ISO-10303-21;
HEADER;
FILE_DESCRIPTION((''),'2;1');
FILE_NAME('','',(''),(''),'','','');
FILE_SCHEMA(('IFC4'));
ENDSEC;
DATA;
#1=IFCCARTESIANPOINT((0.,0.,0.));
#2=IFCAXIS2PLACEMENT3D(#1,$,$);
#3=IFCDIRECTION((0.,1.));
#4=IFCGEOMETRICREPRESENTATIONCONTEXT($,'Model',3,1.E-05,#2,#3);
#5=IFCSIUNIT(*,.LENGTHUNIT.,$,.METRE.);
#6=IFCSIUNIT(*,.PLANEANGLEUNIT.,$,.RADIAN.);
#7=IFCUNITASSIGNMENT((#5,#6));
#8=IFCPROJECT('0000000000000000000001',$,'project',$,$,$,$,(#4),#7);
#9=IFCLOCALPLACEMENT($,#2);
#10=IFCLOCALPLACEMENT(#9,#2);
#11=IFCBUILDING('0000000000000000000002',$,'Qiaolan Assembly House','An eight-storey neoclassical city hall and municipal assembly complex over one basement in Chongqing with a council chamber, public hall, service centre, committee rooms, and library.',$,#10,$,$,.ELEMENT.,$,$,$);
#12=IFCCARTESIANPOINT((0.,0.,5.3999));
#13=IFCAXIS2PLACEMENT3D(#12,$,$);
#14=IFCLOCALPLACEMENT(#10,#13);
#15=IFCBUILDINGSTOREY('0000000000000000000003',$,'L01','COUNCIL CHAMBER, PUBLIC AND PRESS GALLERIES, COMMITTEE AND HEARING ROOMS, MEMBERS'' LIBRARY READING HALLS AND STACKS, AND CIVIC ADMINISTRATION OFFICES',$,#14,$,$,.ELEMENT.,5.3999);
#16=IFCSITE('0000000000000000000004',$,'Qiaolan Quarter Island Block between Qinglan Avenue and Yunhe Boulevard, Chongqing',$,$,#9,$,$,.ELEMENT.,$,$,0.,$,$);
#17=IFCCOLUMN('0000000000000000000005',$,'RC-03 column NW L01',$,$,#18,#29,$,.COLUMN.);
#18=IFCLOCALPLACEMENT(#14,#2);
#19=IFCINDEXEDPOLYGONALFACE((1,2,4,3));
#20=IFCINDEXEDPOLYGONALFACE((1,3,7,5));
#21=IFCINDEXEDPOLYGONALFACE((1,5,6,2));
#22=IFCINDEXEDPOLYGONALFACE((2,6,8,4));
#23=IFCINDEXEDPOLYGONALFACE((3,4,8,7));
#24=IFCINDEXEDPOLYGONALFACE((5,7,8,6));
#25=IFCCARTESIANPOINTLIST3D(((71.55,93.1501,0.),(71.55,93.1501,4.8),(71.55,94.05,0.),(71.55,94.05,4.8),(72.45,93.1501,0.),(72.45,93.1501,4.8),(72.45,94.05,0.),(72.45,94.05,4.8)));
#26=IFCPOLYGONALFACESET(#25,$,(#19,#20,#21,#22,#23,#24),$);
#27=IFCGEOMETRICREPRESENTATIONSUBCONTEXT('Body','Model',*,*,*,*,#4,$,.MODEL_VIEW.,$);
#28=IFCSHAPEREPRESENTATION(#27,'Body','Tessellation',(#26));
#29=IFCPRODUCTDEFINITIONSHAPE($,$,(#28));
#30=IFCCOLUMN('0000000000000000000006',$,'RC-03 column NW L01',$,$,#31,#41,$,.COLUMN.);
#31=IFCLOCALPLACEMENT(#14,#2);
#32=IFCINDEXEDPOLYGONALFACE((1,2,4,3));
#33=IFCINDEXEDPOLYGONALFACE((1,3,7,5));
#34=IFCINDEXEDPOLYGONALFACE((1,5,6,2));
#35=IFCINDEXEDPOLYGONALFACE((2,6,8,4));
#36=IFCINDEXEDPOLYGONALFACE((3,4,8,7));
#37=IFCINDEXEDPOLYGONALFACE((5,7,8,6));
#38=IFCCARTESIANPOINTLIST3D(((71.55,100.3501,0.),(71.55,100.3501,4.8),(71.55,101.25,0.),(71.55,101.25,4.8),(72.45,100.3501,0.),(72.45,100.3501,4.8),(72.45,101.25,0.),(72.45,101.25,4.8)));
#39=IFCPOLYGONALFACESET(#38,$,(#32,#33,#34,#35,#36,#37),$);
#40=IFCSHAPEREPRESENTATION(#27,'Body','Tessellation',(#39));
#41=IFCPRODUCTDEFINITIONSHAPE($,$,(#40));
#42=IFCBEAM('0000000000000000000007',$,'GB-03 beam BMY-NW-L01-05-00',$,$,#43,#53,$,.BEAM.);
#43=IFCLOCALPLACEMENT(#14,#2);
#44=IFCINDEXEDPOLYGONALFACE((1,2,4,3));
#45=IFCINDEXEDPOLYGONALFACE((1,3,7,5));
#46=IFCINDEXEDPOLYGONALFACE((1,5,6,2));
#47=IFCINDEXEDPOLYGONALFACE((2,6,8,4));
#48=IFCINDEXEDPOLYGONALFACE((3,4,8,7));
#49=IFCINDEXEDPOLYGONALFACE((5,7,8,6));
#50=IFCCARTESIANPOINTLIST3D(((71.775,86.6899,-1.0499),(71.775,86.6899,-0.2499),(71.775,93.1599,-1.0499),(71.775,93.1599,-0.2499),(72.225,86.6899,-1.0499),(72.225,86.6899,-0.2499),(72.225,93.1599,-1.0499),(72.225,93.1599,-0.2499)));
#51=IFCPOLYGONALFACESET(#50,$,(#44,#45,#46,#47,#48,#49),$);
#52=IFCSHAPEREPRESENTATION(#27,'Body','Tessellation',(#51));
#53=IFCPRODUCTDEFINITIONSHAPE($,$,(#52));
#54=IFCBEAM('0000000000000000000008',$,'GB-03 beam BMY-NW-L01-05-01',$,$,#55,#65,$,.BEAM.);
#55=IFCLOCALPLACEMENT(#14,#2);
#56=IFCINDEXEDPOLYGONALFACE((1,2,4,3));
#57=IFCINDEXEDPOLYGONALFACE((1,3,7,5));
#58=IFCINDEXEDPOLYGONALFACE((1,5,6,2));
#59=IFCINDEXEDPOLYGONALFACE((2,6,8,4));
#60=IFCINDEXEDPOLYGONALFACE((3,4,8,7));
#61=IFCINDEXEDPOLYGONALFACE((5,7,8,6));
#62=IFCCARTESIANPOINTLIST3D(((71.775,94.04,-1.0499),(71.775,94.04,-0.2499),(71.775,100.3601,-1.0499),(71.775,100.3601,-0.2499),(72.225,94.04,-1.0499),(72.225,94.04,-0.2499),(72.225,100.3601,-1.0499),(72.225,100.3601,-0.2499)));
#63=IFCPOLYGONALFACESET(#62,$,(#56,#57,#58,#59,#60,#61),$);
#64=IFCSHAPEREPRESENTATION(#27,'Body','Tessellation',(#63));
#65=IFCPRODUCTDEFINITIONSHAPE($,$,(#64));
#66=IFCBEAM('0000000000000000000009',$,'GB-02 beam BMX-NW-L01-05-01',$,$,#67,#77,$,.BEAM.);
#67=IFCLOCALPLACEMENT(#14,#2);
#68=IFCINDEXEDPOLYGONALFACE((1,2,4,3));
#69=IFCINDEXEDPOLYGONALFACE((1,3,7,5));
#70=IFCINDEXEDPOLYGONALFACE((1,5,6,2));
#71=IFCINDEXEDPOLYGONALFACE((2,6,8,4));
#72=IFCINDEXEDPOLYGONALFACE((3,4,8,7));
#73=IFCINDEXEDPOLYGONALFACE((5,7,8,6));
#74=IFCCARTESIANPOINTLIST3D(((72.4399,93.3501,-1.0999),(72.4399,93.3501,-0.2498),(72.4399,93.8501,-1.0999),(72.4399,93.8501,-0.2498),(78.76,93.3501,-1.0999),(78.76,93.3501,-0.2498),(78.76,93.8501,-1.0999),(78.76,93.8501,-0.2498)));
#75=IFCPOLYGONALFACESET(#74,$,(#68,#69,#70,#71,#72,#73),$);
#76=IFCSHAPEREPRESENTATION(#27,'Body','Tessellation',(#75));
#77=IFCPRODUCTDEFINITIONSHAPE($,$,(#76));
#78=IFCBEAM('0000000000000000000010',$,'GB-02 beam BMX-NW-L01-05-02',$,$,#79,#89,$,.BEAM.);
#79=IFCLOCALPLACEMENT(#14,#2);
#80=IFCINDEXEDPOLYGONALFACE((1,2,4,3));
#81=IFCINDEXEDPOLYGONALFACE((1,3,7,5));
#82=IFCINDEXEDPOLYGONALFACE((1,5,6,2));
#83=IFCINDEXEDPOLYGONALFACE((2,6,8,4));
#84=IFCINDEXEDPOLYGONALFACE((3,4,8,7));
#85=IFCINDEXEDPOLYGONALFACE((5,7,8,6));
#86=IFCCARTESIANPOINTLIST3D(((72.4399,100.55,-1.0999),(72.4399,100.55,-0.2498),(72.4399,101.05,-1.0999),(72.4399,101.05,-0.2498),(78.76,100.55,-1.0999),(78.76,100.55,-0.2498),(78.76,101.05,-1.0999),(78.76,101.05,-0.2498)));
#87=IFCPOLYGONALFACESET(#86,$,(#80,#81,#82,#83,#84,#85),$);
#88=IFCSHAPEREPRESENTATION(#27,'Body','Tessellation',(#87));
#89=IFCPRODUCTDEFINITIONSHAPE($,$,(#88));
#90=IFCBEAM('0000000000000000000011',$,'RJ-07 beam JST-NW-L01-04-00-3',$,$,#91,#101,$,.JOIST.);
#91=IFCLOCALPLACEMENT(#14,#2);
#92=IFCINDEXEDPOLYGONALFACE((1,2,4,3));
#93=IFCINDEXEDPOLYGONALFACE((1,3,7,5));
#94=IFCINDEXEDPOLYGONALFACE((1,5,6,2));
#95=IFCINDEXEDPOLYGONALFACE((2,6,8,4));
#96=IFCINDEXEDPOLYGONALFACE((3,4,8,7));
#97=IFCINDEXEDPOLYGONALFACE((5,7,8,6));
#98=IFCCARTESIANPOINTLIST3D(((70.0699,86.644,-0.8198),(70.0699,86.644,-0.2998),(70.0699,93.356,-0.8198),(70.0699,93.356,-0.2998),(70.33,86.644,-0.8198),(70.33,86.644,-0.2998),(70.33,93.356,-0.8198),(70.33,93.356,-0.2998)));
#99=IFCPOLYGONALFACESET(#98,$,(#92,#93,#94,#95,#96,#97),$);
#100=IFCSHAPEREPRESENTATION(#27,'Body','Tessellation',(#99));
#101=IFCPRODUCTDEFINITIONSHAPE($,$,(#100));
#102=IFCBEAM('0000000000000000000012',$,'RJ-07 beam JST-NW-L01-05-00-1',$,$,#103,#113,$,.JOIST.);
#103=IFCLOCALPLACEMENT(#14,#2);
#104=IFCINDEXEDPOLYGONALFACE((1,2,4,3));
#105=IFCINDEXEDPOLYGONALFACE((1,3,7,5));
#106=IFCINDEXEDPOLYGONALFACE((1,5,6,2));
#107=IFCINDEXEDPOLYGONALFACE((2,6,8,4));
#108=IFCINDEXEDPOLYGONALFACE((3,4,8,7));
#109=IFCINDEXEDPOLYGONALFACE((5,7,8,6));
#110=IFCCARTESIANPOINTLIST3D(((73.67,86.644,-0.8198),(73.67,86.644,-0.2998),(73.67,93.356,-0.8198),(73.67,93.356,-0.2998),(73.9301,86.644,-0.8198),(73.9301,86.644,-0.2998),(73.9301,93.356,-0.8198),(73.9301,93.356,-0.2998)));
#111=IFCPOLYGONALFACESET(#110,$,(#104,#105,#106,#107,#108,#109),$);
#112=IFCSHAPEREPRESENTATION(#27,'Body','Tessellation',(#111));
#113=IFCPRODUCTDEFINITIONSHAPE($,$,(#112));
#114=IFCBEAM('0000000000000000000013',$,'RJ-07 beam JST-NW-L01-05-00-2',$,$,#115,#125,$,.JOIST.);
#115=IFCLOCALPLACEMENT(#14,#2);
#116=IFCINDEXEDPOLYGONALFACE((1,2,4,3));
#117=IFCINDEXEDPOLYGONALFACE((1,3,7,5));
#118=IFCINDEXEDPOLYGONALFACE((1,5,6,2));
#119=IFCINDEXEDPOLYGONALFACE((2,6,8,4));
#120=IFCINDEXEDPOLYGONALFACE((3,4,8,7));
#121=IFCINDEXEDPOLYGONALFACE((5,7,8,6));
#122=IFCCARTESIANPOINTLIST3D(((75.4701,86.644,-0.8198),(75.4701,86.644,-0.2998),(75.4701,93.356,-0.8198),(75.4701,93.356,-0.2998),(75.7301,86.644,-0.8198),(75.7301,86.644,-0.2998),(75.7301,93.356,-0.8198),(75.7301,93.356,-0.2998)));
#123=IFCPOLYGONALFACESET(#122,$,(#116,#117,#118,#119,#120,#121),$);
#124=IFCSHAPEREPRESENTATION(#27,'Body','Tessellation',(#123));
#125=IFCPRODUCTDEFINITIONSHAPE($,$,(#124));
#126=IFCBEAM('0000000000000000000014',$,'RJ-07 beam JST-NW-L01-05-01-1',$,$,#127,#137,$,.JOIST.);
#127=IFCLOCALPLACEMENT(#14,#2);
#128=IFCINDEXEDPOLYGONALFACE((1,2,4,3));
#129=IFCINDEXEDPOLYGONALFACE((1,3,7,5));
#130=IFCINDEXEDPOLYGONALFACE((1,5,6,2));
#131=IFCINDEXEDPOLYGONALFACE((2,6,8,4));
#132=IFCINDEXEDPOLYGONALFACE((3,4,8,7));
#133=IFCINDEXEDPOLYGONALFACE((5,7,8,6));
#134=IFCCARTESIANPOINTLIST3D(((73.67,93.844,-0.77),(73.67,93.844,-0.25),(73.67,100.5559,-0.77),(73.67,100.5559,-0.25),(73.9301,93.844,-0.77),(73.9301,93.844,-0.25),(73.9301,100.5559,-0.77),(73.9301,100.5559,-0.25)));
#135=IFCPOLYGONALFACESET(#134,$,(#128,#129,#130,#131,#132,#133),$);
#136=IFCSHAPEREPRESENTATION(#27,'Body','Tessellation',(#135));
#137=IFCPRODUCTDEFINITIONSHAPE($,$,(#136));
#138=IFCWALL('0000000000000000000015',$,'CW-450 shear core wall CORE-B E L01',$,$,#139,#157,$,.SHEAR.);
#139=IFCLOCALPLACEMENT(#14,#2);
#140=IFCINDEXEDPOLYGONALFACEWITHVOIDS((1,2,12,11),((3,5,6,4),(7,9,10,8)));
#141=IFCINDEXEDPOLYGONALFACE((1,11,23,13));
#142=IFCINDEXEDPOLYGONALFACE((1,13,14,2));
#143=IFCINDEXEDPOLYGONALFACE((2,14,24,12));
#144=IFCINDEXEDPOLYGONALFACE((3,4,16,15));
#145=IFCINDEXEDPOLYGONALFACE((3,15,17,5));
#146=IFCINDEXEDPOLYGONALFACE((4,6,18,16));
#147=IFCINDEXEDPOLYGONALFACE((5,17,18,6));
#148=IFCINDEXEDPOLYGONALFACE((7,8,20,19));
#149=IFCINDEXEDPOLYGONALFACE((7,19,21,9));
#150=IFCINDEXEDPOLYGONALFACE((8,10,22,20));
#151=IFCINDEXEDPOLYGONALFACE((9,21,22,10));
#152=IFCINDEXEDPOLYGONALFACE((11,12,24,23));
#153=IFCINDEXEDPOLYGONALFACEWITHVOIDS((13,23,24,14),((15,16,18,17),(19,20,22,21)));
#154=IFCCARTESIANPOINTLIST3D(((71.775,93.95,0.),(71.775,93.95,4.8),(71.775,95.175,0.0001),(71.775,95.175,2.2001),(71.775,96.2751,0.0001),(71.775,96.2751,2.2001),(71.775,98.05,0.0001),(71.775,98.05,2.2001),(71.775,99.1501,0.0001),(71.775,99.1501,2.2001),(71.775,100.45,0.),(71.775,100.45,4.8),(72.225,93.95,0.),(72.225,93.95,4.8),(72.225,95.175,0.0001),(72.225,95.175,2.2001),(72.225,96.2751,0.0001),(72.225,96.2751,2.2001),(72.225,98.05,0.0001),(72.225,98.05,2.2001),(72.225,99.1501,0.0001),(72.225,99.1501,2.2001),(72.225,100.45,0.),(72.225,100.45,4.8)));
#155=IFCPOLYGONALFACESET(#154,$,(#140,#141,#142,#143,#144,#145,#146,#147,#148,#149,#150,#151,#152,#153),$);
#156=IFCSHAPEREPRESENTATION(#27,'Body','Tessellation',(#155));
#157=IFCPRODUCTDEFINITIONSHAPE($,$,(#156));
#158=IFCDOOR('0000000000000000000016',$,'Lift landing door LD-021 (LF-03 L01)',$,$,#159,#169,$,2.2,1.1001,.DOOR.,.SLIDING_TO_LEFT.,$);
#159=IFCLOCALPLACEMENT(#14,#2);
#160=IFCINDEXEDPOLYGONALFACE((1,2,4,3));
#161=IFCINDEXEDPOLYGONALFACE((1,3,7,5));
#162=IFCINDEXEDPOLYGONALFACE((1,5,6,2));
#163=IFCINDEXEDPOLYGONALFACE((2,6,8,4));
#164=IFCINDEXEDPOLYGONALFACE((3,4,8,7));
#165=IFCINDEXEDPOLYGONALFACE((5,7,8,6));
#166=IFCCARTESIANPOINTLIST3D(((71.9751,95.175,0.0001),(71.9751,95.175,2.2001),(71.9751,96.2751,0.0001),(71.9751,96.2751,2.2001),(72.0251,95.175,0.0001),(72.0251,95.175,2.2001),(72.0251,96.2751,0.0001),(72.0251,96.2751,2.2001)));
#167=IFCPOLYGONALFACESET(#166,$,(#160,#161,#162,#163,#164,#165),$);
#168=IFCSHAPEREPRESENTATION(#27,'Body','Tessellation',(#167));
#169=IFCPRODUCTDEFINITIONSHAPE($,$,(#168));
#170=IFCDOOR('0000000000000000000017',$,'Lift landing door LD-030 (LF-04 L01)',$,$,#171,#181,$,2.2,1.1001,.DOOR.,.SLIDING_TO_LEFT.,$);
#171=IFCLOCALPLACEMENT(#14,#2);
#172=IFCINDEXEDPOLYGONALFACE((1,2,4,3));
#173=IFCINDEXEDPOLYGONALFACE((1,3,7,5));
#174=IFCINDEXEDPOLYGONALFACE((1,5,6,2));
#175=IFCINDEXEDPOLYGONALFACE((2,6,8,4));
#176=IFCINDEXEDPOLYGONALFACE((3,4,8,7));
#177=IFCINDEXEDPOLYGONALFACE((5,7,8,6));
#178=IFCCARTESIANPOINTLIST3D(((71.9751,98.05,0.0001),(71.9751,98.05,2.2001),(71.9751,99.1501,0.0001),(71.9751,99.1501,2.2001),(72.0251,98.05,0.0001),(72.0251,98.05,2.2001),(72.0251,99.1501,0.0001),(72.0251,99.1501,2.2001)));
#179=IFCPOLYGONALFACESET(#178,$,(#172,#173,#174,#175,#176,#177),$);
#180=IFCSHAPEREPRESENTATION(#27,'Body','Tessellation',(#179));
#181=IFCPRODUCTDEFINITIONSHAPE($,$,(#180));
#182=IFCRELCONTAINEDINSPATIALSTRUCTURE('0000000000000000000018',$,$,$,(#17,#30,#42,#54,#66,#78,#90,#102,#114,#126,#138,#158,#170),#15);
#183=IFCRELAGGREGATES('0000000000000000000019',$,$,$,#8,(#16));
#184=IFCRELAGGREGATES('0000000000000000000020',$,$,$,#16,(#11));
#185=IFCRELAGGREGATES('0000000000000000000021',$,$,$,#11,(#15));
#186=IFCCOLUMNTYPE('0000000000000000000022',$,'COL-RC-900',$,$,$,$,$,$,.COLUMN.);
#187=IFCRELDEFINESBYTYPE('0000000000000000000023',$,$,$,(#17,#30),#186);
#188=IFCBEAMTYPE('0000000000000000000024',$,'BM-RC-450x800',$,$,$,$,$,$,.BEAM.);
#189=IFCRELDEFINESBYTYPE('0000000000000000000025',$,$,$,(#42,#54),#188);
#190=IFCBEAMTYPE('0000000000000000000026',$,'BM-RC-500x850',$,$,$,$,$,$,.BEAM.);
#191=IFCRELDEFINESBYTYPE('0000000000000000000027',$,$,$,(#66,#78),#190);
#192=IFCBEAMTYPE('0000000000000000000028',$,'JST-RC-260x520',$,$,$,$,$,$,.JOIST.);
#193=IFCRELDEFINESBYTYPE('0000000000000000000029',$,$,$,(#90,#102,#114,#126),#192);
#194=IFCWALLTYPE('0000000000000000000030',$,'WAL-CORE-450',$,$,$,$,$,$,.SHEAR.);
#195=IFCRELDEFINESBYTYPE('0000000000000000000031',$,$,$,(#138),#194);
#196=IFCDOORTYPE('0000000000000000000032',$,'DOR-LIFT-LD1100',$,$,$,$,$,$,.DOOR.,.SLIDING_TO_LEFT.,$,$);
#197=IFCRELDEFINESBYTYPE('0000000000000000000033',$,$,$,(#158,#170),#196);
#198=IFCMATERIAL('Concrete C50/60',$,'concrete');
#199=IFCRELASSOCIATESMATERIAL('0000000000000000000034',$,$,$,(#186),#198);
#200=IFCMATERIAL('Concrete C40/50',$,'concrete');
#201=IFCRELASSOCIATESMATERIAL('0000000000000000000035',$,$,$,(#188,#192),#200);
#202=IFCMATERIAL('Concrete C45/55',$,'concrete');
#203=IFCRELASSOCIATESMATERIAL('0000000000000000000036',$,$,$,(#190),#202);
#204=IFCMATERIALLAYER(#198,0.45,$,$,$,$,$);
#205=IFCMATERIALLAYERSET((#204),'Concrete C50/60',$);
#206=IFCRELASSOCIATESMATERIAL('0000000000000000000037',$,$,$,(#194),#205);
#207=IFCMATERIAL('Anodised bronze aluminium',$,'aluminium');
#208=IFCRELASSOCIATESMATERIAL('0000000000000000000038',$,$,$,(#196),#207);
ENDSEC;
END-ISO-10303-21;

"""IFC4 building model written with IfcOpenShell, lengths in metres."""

from ifc_helpers import new_model, si_unit, direction, frame, frame_2d, origin, origin_2d, place, context, subcontext, project, spatial, rectangle, extrude, material, layer, layer_set, material_profile, profile_set, type_object, element, fill, save


model = new_model("IFC4")

# Units and contexts
model_context = context("Model", 3, precision=1e-05, world=origin(), true_north=direction((0.0, 1.0)))
body_context = subcontext(model_context, "Body", "Model", "MODEL_VIEW")
ifc_project = project(units=[si_unit("LENGTHUNIT", "METRE"), si_unit("PLANEANGLEUNIT", "RADIAN")], contexts=[model_context])

# Site, building, storey
site_placement = place(None, origin())
site = spatial("IfcSite", under=ifc_project, at=site_placement, Name="Qiaolan Quarter Island Block between Qinglan Avenue and Yunhe Boulevard, Chongqing", CompositionType="ELEMENT", RefElevation=0.0)
building_placement = place(site_placement, origin())
building = spatial("IfcBuilding", under=site, at=building_placement, Name="Qiaolan Assembly House", Description="An eight-storey neoclassical city hall and municipal assembly complex over one basement in Chongqing with a council chamber, public hall, service centre, committee rooms, and library.", CompositionType="ELEMENT")
storey_placement = place(building_placement, frame((0.0, 0.0, 5.3999)))
storey = spatial("IfcBuildingStorey", under=building, at=storey_placement, Name="L01", Description="COUNCIL CHAMBER, PUBLIC AND PRESS GALLERIES, COMMITTEE AND HEARING ROOMS, MEMBERS' LIBRARY READING HALLS AND STACKS, AND CIVIC ADMINISTRATION OFFICES", CompositionType="ELEMENT", Elevation=5.3999)

# Columns
ifc_material_1 = material(Name="Concrete C50/60", Category="concrete")
ifc_material_profile_1 = material_profile(ifc_material_1, rectangle(XDim=0.8999, YDim=0.8999, at=origin_2d()), Name="RC 900x900")
ifc_profile_set_1 = profile_set([ifc_material_profile_1], Name="Concrete C50/60")
column_type = type_object("IfcColumnType", Name="COL-RC-900", PredefinedType="COLUMN", material=ifc_profile_set_1)
for number, where, z_axis, x_axis, name in (
    (1, (72.0, 93.6001, 0.0), (0.0, 0.0, 1.0), (1.0, 0.0, 0.0), "RC-03 column NW L01"),
    (2, (72.0, 100.8, 0.0), (0.0, 0.0, 1.0), (1.0, 0.0, 0.0), "RC-03 column NW L01"),
):
    element("IfcColumn", number, at=place(storey_placement, frame(where, z_axis=z_axis, x_axis=x_axis)), inside=storey, type_object=column_type, Name=name, PredefinedType="COLUMN", context=body_context, shape_type="SweptSolid", body=[
        extrude(rectangle(XDim=0.8999, YDim=0.8999, at=origin_2d()), origin(), (0.0, 0.0, 1.0), 4.8),
    ])

# Beams
ifc_material_2 = material(Name="Concrete C40/50", Category="concrete")
ifc_material_profile_2 = material_profile(ifc_material_2, rectangle(XDim=0.45, YDim=0.8, at=origin_2d()), Name="RCB 450x800")
ifc_profile_set_2 = profile_set([ifc_material_profile_2], Name="Concrete C40/50")
beam_type_1 = type_object("IfcBeamType", Name="BM-RC-450x800", PredefinedType="BEAM", material=ifc_profile_set_2)
beam_1_placement = place(storey_placement, frame((72.0, 86.6899, -0.6499), z_axis=(0.0, 1.0, 0.0), x_axis=(-1.0, 0.0, 0.0)))
element("IfcBeam", 3, at=beam_1_placement, inside=storey, type_object=beam_type_1, Name="GB-03 beam BMY-NW-L01-05-00", PredefinedType="BEAM", context=body_context, shape_type="SweptSolid", body=[
    extrude(rectangle(XDim=0.45, YDim=0.8, at=origin_2d()), origin(), (0.0, 0.0, 1.0), 6.47),
])
beam_2_placement = place(storey_placement, frame((72.0, 94.04, -0.6499), z_axis=(0.0, 1.0, 0.0), x_axis=(-1.0, 0.0, 0.0)))
element("IfcBeam", 4, at=beam_2_placement, inside=storey, type_object=beam_type_1, Name="GB-03 beam BMY-NW-L01-05-01", PredefinedType="BEAM", context=body_context, shape_type="SweptSolid", body=[
    extrude(rectangle(XDim=0.45, YDim=0.8, at=origin_2d()), origin(), (0.0, 0.0, 1.0), 6.3201),
])
ifc_material_3 = material(Name="Concrete C45/55", Category="concrete")
ifc_material_profile_3 = material_profile(ifc_material_3, rectangle(XDim=0.5, YDim=0.8501, at=origin_2d()), Name="RCB 500x850")
ifc_profile_set_3 = profile_set([ifc_material_profile_3], Name="Concrete C45/55")
beam_type_2 = type_object("IfcBeamType", Name="BM-RC-500x850", PredefinedType="BEAM", material=ifc_profile_set_3)
for number, where, z_axis, x_axis, name in (
    (5, (72.4399, 93.6001, -0.6748), (1.0, 0.0, 0.0), (0.0, 1.0, 0.0), "GB-02 beam BMX-NW-L01-05-01"),
    (6, (72.4399, 100.8, -0.6748), (1.0, 0.0, 0.0), (0.0, 1.0, 0.0), "GB-02 beam BMX-NW-L01-05-02"),
):
    element("IfcBeam", number, at=place(storey_placement, frame(where, z_axis=z_axis, x_axis=x_axis)), inside=storey, type_object=beam_type_2, Name=name, PredefinedType="BEAM", context=body_context, shape_type="SweptSolid", body=[
        extrude(rectangle(XDim=0.5, YDim=0.8501, at=origin_2d()), origin(), (0.0, 0.0, 1.0), 6.3201),
    ])
ifc_material_profile_4 = material_profile(ifc_material_2, rectangle(XDim=0.26, YDim=0.52, at=origin_2d()), Name="RCB 260x520")
ifc_profile_set_4 = profile_set([ifc_material_profile_4], Name="Concrete C40/50")
beam_type_3 = type_object("IfcBeamType", Name="JST-RC-260x520", PredefinedType="JOIST", material=ifc_profile_set_4)
for number, where, z_axis, x_axis, name in (
    (7, (70.2, 86.644, -0.5598), (0.0, 1.0, 0.0), (-1.0, 0.0, 0.0), "RJ-07 beam JST-NW-L01-04-00-3"),
    (8, (73.8, 86.644, -0.5598), (0.0, 1.0, 0.0), (-1.0, 0.0, 0.0), "RJ-07 beam JST-NW-L01-05-00-1"),
    (9, (75.6001, 86.644, -0.5598), (0.0, 1.0, 0.0), (-1.0, 0.0, 0.0), "RJ-07 beam JST-NW-L01-05-00-2"),
    (10, (73.8, 93.844, -0.51), (0.0, 1.0, 0.0), (-1.0, 0.0, 0.0), "RJ-07 beam JST-NW-L01-05-01-1"),
):
    element("IfcBeam", number, at=place(storey_placement, frame(where, z_axis=z_axis, x_axis=x_axis)), inside=storey, type_object=beam_type_3, Name=name, PredefinedType="JOIST", context=body_context, shape_type="SweptSolid", body=[
        extrude(rectangle(XDim=0.26, YDim=0.52, at=origin_2d()), origin(), (0.0, 0.0, 1.0), 6.7119),
    ])

# Wall, openings, doors
ifc_layer_1 = layer(ifc_material_1, 0.45)
ifc_layer_set_1 = layer_set([ifc_layer_1], Name="Concrete C50/60")
wall_type_1 = type_object("IfcWallType", Name="WAL-CORE-450", PredefinedType="SHEAR", material=ifc_layer_set_1)
wall_1_placement = place(storey_placement, frame((72.0, 93.95, 0.0), z_axis=(0.0, 0.0, 1.0), x_axis=(0.0, 1.0, 0.0)))
wall_1 = element("IfcWall", 11, at=wall_1_placement, inside=storey, type_object=wall_type_1, Name="CW-450 shear core wall CORE-B E L01", PredefinedType="SHEAR", context=body_context, shape_type="SweptSolid", body=[
    extrude(rectangle(XDim=6.5, YDim=0.45, at=frame_2d((3.25, 0.0))), origin(), (0.0, 0.0, 1.0), 4.8),
])
opening_1_placement = place(wall_1_placement, frame((1.2251, 0.0, 0.0)))
opening_1 = element("IfcOpeningElement", 12, at=opening_1_placement, cuts=wall_1, PredefinedType="OPENING", context=body_context, shape_type="SweptSolid", body=[
    extrude(rectangle(XDim=1.1001, YDim=2.2, at=frame_2d((0.55, 1.1001))), frame((0.0, 0.2349, 0.0), z_axis=(0.0, -1.0, 0.0), x_axis=(1.0, 0.0, 0.0)), (0.0, 0.0, 1.0), 0.47),
])
opening_2_placement = place(wall_1_placement, frame((4.1001, 0.0, 0.0)))
opening_2 = element("IfcOpeningElement", 13, at=opening_2_placement, cuts=wall_1, PredefinedType="OPENING", context=body_context, shape_type="SweptSolid", body=[
    extrude(rectangle(XDim=1.1001, YDim=2.2, at=frame_2d((0.55, 1.1001))), frame((0.0, 0.2349, 0.0), z_axis=(0.0, -1.0, 0.0), x_axis=(1.0, 0.0, 0.0)), (0.0, 0.0, 1.0), 0.47),
])
ifc_material_4 = material(Name="Anodised bronze aluminium", Category="aluminium")
door_type_1 = type_object("IfcDoorType", Name="DOR-LIFT-LD1100", OperationType="SLIDING_TO_LEFT", PredefinedType="DOOR", material=ifc_material_4)
door_1_placement = place(opening_1_placement, origin())
door_1 = element("IfcDoor", 14, at=door_1_placement, inside=storey, type_object=door_type_1, Name="Lift landing door LD-021 (LF-03 L01)", OperationType="SLIDING_TO_LEFT", OverallHeight=2.2, OverallWidth=1.1001, PredefinedType="DOOR", context=body_context, shape_type="SweptSolid", body=[
    extrude(rectangle(XDim=1.1001, YDim=2.2, at=frame_2d((0.55, 1.1001))), frame((0.0, 0.0249, 0.0), z_axis=(0.0, -1.0, 0.0), x_axis=(1.0, 0.0, 0.0)), (0.0, 0.0, 1.0), 0.05),
])
fill(opening_1, door_1)
door_2_placement = place(opening_2_placement, origin())
door_2 = element("IfcDoor", 15, at=door_2_placement, inside=storey, type_object=door_type_1, Name="Lift landing door LD-030 (LF-04 L01)", OperationType="SLIDING_TO_LEFT", OverallHeight=2.2, OverallWidth=1.1001, PredefinedType="DOOR", context=body_context, shape_type="SweptSolid", body=[
    extrude(rectangle(XDim=1.1001, YDim=2.2, at=frame_2d((0.55, 1.1001))), frame((0.0, 0.0249, 0.0), z_axis=(0.0, -1.0, 0.0), x_axis=(1.0, 0.0, 0.0)), (0.0, 0.0, 1.0), 0.05),
])
fill(opening_2, door_2)

save(model, "model.ifc")
